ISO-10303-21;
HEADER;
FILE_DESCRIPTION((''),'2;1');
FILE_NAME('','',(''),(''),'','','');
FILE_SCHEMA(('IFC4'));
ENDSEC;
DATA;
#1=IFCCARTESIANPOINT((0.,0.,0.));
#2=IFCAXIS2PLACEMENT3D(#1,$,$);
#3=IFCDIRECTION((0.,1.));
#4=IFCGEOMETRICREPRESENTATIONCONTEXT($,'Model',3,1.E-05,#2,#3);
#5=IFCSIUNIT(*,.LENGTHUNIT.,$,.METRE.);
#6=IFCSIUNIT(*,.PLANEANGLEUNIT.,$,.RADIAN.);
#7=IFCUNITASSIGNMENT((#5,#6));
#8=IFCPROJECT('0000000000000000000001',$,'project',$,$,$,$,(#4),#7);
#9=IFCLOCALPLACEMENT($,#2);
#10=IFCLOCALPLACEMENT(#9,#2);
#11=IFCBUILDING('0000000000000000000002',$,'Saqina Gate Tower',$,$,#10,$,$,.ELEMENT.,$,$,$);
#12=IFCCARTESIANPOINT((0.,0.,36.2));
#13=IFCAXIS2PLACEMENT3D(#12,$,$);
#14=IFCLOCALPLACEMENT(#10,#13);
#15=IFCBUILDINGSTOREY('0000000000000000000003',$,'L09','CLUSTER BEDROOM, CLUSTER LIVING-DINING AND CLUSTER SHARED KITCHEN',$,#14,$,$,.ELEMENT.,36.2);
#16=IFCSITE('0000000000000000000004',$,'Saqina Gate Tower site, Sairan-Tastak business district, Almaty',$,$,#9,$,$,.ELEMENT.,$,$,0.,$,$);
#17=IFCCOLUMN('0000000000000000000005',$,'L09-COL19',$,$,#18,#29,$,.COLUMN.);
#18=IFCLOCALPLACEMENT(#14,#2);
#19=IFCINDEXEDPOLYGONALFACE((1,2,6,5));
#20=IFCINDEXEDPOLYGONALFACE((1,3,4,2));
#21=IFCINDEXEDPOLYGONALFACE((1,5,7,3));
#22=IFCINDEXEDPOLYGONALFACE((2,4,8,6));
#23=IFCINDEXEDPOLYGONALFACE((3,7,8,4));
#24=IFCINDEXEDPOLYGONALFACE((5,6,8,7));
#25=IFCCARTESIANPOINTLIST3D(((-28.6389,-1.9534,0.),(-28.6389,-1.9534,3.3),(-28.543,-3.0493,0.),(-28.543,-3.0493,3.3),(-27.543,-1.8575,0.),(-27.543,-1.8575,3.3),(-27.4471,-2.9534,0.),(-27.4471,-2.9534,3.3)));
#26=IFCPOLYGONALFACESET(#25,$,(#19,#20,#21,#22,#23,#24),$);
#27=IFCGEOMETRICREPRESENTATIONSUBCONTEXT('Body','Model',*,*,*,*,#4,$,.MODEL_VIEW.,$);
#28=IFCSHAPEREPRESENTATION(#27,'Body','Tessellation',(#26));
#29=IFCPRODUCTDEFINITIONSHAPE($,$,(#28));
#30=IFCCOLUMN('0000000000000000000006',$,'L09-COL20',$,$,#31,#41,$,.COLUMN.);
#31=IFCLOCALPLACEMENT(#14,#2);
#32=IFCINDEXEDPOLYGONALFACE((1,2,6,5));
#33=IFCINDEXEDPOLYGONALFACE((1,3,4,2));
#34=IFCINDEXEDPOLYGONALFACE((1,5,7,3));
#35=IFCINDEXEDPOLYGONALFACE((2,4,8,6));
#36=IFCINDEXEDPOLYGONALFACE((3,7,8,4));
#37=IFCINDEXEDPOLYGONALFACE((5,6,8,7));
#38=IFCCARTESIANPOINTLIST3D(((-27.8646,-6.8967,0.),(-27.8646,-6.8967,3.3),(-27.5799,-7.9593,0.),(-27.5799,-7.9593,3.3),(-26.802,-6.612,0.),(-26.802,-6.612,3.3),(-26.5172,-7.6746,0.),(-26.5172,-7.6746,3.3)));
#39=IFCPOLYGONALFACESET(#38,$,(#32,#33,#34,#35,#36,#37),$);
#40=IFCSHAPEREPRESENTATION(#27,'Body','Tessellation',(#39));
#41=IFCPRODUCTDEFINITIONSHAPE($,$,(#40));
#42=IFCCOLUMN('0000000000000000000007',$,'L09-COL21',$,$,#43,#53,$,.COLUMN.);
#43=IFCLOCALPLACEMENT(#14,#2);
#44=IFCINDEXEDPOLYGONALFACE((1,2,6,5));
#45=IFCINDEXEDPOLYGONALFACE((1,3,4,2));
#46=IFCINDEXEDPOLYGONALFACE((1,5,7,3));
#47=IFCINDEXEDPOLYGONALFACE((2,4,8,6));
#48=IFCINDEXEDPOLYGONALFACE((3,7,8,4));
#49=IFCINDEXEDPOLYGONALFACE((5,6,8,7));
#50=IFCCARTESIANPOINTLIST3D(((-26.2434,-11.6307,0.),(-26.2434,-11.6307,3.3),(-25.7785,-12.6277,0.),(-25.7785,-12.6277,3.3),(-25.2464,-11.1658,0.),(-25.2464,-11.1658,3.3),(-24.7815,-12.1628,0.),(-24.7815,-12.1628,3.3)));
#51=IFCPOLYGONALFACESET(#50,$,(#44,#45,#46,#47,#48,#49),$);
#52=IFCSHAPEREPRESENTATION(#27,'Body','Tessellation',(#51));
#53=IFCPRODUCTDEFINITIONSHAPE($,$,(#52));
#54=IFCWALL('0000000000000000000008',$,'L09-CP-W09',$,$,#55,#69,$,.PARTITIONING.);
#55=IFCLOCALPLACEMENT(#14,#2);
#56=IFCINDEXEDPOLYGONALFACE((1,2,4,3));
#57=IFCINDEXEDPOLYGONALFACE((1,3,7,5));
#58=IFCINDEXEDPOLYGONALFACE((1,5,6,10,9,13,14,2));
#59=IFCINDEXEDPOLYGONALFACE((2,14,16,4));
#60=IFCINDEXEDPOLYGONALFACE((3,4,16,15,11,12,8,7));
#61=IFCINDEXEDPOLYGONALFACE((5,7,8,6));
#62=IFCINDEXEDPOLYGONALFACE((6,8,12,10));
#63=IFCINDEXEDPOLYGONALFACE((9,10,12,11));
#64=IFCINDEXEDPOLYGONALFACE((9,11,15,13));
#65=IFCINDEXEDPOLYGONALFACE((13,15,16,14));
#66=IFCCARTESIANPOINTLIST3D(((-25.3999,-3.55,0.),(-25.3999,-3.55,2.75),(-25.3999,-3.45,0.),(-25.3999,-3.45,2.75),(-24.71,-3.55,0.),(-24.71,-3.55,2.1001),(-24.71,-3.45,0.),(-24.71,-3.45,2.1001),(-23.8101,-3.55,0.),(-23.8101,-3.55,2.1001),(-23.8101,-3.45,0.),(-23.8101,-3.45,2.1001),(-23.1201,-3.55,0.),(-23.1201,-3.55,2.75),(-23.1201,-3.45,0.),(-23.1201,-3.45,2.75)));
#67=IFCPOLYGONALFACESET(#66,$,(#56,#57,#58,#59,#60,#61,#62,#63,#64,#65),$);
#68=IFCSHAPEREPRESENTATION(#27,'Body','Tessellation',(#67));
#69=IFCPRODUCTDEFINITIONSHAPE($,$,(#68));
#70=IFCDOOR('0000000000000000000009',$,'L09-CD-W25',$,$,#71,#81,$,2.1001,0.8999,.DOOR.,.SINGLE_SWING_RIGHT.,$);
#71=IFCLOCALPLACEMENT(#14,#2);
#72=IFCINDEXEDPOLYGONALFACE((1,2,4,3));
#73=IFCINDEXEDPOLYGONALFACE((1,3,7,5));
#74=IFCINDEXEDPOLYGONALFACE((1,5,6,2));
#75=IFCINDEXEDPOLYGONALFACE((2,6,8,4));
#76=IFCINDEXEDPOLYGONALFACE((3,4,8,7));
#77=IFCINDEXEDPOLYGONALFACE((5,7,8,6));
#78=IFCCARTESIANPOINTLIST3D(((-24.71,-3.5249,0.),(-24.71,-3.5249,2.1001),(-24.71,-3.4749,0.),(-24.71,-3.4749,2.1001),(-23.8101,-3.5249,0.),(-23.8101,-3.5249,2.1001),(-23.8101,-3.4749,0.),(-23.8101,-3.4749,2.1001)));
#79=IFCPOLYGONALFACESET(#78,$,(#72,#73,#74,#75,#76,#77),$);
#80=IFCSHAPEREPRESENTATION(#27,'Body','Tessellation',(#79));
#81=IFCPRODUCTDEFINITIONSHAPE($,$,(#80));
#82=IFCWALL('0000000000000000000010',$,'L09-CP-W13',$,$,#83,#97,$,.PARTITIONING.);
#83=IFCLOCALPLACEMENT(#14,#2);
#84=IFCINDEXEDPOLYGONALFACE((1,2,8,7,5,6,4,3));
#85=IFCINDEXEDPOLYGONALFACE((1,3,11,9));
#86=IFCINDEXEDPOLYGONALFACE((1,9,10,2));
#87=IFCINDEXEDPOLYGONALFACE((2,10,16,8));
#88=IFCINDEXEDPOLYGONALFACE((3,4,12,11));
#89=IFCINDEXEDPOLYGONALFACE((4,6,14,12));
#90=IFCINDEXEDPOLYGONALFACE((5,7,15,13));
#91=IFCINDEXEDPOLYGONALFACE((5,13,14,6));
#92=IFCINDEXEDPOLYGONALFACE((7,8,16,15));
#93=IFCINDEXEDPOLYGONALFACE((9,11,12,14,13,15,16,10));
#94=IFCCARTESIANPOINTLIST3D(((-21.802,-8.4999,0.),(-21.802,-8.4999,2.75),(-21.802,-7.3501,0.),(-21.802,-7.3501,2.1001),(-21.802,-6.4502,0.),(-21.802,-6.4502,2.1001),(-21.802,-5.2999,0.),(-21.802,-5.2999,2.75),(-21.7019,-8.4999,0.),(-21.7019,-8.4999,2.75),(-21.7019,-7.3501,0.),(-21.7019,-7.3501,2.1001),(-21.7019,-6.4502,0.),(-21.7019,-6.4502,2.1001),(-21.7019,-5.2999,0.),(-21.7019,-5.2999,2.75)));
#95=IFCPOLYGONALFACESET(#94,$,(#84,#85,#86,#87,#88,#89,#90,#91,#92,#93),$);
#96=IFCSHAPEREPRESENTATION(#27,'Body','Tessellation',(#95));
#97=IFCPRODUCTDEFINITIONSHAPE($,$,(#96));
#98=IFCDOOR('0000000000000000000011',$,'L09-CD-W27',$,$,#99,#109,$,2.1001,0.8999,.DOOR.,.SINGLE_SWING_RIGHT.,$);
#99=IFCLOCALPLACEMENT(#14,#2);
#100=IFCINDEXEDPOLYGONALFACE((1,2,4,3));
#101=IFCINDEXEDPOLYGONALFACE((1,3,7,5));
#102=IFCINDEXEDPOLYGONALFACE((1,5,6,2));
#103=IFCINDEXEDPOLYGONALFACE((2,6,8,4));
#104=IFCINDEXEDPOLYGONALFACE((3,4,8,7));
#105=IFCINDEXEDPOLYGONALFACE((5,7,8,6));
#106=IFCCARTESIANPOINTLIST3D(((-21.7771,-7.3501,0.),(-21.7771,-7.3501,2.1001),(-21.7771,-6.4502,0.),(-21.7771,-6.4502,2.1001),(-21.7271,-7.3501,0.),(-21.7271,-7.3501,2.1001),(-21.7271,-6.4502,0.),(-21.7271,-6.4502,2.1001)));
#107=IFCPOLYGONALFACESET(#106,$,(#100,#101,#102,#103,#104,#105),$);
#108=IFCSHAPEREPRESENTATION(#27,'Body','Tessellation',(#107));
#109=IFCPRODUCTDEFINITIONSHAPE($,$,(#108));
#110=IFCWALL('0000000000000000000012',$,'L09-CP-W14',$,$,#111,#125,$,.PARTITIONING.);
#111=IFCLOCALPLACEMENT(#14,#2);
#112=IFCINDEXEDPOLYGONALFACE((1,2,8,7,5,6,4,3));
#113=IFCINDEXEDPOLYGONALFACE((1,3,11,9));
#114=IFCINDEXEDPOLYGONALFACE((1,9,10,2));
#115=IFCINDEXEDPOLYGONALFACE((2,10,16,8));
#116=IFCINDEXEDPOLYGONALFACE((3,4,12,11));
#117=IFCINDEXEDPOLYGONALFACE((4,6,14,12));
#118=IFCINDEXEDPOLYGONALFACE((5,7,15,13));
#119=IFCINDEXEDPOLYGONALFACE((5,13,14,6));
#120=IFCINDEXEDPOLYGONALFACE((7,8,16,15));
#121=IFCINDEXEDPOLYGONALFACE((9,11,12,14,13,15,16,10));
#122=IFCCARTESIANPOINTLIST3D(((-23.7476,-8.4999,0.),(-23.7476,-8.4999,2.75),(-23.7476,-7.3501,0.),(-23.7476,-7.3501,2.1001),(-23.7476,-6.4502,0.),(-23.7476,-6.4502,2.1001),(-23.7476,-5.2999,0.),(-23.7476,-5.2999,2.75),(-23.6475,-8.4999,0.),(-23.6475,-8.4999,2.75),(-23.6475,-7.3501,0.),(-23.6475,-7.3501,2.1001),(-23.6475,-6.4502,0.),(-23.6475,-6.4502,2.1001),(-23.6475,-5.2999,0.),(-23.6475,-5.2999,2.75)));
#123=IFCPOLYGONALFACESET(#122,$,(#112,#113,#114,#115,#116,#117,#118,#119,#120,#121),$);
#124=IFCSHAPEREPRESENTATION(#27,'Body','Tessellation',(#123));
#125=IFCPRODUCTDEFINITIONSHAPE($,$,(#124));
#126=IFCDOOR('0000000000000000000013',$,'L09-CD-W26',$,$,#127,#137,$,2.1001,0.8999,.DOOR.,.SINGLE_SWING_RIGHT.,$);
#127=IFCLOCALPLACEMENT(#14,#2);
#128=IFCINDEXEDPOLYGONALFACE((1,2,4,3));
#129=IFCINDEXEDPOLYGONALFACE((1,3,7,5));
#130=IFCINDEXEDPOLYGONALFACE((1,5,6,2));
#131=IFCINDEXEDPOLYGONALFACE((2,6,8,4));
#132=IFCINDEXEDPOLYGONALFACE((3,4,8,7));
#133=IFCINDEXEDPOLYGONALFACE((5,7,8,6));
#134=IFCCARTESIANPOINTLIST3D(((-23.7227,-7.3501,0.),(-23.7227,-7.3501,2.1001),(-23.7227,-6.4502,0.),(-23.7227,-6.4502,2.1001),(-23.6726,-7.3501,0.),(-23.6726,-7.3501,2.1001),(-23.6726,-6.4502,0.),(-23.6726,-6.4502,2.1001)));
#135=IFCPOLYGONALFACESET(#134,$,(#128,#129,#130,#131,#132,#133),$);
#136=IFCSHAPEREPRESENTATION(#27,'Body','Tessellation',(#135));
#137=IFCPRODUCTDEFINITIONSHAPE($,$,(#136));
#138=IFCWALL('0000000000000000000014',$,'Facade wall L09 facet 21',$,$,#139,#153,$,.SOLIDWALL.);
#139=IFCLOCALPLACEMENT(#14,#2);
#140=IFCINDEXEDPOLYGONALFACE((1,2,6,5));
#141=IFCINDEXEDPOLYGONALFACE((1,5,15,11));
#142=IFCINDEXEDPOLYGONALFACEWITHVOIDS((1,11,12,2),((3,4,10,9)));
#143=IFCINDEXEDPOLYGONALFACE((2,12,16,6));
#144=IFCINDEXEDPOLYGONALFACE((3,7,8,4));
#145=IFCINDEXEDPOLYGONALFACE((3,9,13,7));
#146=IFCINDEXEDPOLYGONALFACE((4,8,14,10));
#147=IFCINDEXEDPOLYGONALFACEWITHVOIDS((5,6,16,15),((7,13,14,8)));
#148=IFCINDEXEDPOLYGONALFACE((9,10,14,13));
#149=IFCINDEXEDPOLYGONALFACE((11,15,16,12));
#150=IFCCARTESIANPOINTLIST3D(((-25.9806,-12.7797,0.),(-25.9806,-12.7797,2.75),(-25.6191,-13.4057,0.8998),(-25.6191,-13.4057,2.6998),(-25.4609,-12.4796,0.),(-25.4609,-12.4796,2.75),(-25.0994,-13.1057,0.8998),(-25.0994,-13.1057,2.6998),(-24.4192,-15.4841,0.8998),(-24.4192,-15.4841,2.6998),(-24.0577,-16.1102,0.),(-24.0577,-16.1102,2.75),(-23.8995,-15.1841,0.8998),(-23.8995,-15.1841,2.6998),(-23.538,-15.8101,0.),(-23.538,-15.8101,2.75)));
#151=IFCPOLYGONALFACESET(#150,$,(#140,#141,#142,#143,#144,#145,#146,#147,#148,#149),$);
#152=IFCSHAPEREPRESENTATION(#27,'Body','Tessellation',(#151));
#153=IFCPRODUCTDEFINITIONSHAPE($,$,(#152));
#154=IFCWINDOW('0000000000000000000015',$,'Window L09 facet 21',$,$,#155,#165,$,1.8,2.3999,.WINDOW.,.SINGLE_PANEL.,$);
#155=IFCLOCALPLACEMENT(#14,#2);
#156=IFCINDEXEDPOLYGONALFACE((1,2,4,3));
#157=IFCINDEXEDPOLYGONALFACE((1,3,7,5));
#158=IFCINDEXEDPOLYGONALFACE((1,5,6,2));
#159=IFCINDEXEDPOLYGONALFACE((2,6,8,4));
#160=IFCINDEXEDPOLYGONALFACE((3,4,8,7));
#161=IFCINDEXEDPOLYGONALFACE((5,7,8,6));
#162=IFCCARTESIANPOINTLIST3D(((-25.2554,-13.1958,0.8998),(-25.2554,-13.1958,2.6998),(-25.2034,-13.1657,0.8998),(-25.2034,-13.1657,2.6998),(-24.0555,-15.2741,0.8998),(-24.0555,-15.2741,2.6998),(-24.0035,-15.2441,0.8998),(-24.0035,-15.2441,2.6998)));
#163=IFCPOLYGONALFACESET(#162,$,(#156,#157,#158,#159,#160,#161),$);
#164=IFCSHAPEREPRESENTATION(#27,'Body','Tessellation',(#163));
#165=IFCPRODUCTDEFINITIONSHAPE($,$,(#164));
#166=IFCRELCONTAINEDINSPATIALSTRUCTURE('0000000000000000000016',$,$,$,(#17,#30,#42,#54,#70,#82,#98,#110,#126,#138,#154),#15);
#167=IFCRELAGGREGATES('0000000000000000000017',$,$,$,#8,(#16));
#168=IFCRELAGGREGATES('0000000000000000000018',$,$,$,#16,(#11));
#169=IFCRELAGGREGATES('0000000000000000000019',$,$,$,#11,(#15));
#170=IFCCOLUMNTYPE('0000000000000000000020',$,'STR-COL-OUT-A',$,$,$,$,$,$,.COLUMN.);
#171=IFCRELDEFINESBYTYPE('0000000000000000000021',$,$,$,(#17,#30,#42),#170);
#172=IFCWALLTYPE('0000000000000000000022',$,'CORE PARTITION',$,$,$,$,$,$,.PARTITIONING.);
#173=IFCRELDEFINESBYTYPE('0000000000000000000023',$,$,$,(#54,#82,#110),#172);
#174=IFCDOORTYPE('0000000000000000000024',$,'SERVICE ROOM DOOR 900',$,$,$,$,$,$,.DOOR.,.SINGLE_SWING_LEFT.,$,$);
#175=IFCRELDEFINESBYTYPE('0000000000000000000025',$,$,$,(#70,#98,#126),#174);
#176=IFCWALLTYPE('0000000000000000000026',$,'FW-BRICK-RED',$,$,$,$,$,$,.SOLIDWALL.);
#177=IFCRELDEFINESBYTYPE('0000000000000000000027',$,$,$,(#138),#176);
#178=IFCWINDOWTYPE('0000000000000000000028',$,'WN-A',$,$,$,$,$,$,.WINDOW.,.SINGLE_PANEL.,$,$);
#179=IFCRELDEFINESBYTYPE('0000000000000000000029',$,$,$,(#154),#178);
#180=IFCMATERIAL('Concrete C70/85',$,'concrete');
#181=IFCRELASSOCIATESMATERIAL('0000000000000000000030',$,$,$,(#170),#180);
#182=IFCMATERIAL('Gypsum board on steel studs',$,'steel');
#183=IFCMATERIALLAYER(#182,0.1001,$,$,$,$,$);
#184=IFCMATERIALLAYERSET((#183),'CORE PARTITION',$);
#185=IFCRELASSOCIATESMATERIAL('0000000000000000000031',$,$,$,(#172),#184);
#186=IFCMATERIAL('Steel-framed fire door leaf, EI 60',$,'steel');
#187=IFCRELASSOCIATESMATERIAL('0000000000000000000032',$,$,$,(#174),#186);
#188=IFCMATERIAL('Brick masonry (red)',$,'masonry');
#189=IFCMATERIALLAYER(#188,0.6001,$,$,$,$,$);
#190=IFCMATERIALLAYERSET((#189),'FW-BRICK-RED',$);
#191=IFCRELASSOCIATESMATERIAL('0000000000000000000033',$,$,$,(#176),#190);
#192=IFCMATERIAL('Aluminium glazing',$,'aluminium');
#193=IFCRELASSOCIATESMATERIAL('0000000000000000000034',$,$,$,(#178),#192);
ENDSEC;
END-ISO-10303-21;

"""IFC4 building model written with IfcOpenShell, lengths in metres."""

from ifc_helpers import new_model, si_unit, direction, frame, frame_2d, origin, origin_2d, place, context, subcontext, project, spatial, rectangle, extrude, material, layer, layer_set, material_profile, profile_set, type_object, element, fill, save


model = new_model("IFC4")

# Units and contexts
model_context = context("Model", 3, precision=1e-05, world=origin(), true_north=direction((0.0, 1.0)))
body_context = subcontext(model_context, "Body", "Model", "MODEL_VIEW")
ifc_project = project(units=[si_unit("LENGTHUNIT", "METRE"), si_unit("PLANEANGLEUNIT", "RADIAN")], contexts=[model_context])

# Site, building, storey
site_placement = place(None, origin())
site = spatial("IfcSite", under=ifc_project, at=site_placement, Name="Saqina Gate Tower site, Sairan-Tastak business district, Almaty", CompositionType="ELEMENT", RefElevation=0.0)
building_placement = place(site_placement, origin())
building = spatial("IfcBuilding", under=site, at=building_placement, Name="Saqina Gate Tower", CompositionType="ELEMENT")
storey_placement = place(building_placement, frame((0.0, 0.0, 36.2)))
storey = spatial("IfcBuildingStorey", under=building, at=storey_placement, Name="L09", Description="CLUSTER BEDROOM, CLUSTER LIVING-DINING AND CLUSTER SHARED KITCHEN", CompositionType="ELEMENT", Elevation=36.2)

# Columns
ifc_material_1 = material(Name="Concrete C70/85", Category="concrete")
ifc_material_profile = material_profile(ifc_material_1, rectangle(XDim=1.1001, YDim=1.1001, at=origin_2d()), Name="RC 1100x1100")
ifc_profile_set = profile_set([ifc_material_profile], Name="Concrete C70/85")
column_type = type_object("IfcColumnType", Name="STR-COL-OUT-A", PredefinedType="COLUMN", material=ifc_profile_set)
for number, where, z_axis, x_axis, name in (
    (1, (-28.043, -2.4534, 0.0), (0.0, 0.0, 1.0), (-0.996195, -0.087156, 0.0), "L09-COL19"),
    (2, (-27.1909, -7.2856, 0.0), (0.0, 0.0, 1.0), (-0.965926, -0.258819, 0.0), "L09-COL20"),
    (3, (-25.5125, -11.8967, 0.0), (0.0, 0.0, 1.0), (-0.906308, -0.422618, 0.0), "L09-COL21"),
):
    element("IfcColumn", number, at=place(storey_placement, frame(where, z_axis=z_axis, x_axis=x_axis)), inside=storey, type_object=column_type, Name=name, PredefinedType="COLUMN", context=body_context, shape_type="SweptSolid", body=[
        extrude(rectangle(XDim=1.1001, YDim=1.1001, at=origin_2d()), origin(), (0.0, 0.0, 1.0), 3.3),
    ])

# Walls, openings, doors
ifc_material_2 = material(Name="Gypsum board on steel studs", Category="steel")
ifc_layer_1 = layer(ifc_material_2, 0.1001)
ifc_layer_set_1 = layer_set([ifc_layer_1], Name="CORE PARTITION")
wall_type_1 = type_object("IfcWallType", Name="CORE PARTITION", PredefinedType="PARTITIONING", material=ifc_layer_set_1)
wall_1_placement = place(storey_placement, frame((-23.1201, -3.5, 0.0), z_axis=(0.0, 0.0, 1.0), x_axis=(-1.0, 0.0, 0.0)))
wall_1 = element("IfcWall", 4, at=wall_1_placement, inside=storey, type_object=wall_type_1, Name="L09-CP-W09", PredefinedType="PARTITIONING", context=body_context, shape_type="SweptSolid", body=[
    extrude(rectangle(XDim=2.2798, YDim=0.1001, at=frame_2d((1.1399, 0.0))), origin(), (0.0, 0.0, 1.0), 2.75),
])
opening_1_placement = place(wall_1_placement, frame((0.6899, 0.0, 0.0)))
opening_1 = element("IfcOpeningElement", 5, at=opening_1_placement, cuts=wall_1, PredefinedType="OPENING", context=body_context, shape_type="SweptSolid", body=[
    extrude(rectangle(XDim=0.8999, YDim=2.1001, at=frame_2d((0.45, 1.05))), frame((0.0, 0.062, 0.0), z_axis=(0.0, -1.0, 0.0), x_axis=(1.0, 0.0, 0.0)), (0.0, 0.0, 1.0), 0.124),
])
ifc_material_3 = material(Name="Steel-framed fire door leaf, EI 60", Category="steel")
door_type_1 = type_object("IfcDoorType", Name="SERVICE ROOM DOOR 900", OperationType="SINGLE_SWING_LEFT", PredefinedType="DOOR", material=ifc_material_3)
door_1_placement = place(opening_1_placement, origin())
door_1 = element("IfcDoor", 6, at=door_1_placement, inside=storey, type_object=door_type_1, Name="L09-CD-W25", OperationType="SINGLE_SWING_RIGHT", OverallHeight=2.1001, OverallWidth=0.8999, PredefinedType="DOOR", context=body_context, shape_type="SweptSolid", body=[
    extrude(rectangle(XDim=0.8999, YDim=2.1001, at=frame_2d((0.45, 1.05))), frame((0.0, 0.0249, 0.0), z_axis=(0.0, -1.0, 0.0), x_axis=(1.0, 0.0, 0.0)), (0.0, 0.0, 1.0), 0.05),
])
fill(opening_1, door_1)
wall_2_placement = place(storey_placement, frame((-21.752, -8.5, 0.0), z_axis=(0.0, 0.0, 1.0), x_axis=(0.0, 1.0, 0.0)))
wall_2 = element("IfcWall", 7, at=wall_2_placement, inside=storey, type_object=wall_type_1, Name="L09-CP-W13", PredefinedType="PARTITIONING", context=body_context, shape_type="SweptSolid", body=[
    extrude(rectangle(XDim=3.2, YDim=0.1001, at=frame_2d((1.6001, 0.0))), origin(), (0.0, 0.0, 1.0), 2.75),
])
opening_2_placement = place(wall_2_placement, frame((1.1499, 0.0, 0.0)))
opening_2 = element("IfcOpeningElement", 8, at=opening_2_placement, cuts=wall_2, PredefinedType="OPENING", context=body_context, shape_type="SweptSolid", body=[
    extrude(rectangle(XDim=0.8999, YDim=2.1001, at=frame_2d((0.45, 1.05))), frame((0.0, 0.062, 0.0), z_axis=(0.0, -1.0, 0.0), x_axis=(1.0, 0.0, 0.0)), (0.0, 0.0, 1.0), 0.124),
])
door_2_placement = place(opening_2_placement, frame((0.8999, 0.0, 0.0), z_axis=(0.0, 0.0, 1.0), x_axis=(-1.0, 0.0, 0.0)))
door_2 = element("IfcDoor", 9, at=door_2_placement, inside=storey, type_object=door_type_1, Name="L09-CD-W27", OperationType="SINGLE_SWING_RIGHT", OverallHeight=2.1001, OverallWidth=0.8999, PredefinedType="DOOR", context=body_context, shape_type="SweptSolid", body=[
    extrude(rectangle(XDim=0.8999, YDim=2.1001, at=frame_2d((0.45, 1.05))), frame((0.0, 0.0249, 0.0), z_axis=(0.0, -1.0, 0.0), x_axis=(1.0, 0.0, 0.0)), (0.0, 0.0, 1.0), 0.05),
])
fill(opening_2, door_2)
wall_3_placement = place(storey_placement, frame((-23.6975, -8.5, 0.0), z_axis=(0.0, 0.0, 1.0), x_axis=(0.0, 1.0, 0.0)))
wall_3 = element("IfcWall", 10, at=wall_3_placement, inside=storey, type_object=wall_type_1, Name="L09-CP-W14", PredefinedType="PARTITIONING", context=body_context, shape_type="SweptSolid", body=[
    extrude(rectangle(XDim=3.2, YDim=0.1001, at=frame_2d((1.6001, 0.0))), origin(), (0.0, 0.0, 1.0), 2.75),
])
opening_3_placement = place(wall_3_placement, frame((1.1499, 0.0, 0.0)))
opening_3 = element("IfcOpeningElement", 11, at=opening_3_placement, cuts=wall_3, PredefinedType="OPENING", context=body_context, shape_type="SweptSolid", body=[
    extrude(rectangle(XDim=0.8999, YDim=2.1001, at=frame_2d((0.45, 1.05))), frame((0.0, 0.062, 0.0), z_axis=(0.0, -1.0, 0.0), x_axis=(1.0, 0.0, 0.0)), (0.0, 0.0, 1.0), 0.124),
])
door_3_placement = place(opening_3_placement, frame((0.8999, 0.0, 0.0), z_axis=(0.0, 0.0, 1.0), x_axis=(-1.0, 0.0, 0.0)))
door_3 = element("IfcDoor", 12, at=door_3_placement, inside=storey, type_object=door_type_1, Name="L09-CD-W26", OperationType="SINGLE_SWING_RIGHT", OverallHeight=2.1001, OverallWidth=0.8999, PredefinedType="DOOR", context=body_context, shape_type="SweptSolid", body=[
    extrude(rectangle(XDim=0.8999, YDim=2.1001, at=frame_2d((0.45, 1.05))), frame((0.0, 0.0249, 0.0), z_axis=(0.0, -1.0, 0.0), x_axis=(1.0, 0.0, 0.0)), (0.0, 0.0, 1.0), 0.05),
])
fill(opening_3, door_3)

# Wall, opening, window
ifc_material_4 = material(Name="Brick masonry (red)", Category="masonry")
ifc_layer_2 = layer(ifc_material_4, 0.6001)
ifc_layer_set_2 = layer_set([ifc_layer_2], Name="FW-BRICK-RED")
wall_type_2 = type_object("IfcWallType", Name="FW-BRICK-RED", PredefinedType="SOLIDWALL", material=ifc_layer_set_2)
wall_4_placement = place(storey_placement, frame((-25.7207, -12.6296, 0.0), z_axis=(0.0, 0.0, 1.0), x_axis=(0.49999, -0.866031, 0.0)))
wall_4 = element("IfcWall", 13, at=wall_4_placement, inside=storey, type_object=wall_type_2, Name="Facade wall L09 facet 21", PredefinedType="SOLIDWALL", context=body_context, shape_type="SweptSolid", body=[
    extrude(rectangle(XDim=3.8457, YDim=0.6001, at=frame_2d((1.9229, 0.0))), origin(), (0.0, 0.0, 1.0), 2.75),
])
opening_4_placement = place(wall_4_placement, frame((0.7229, 0.0, 0.8999)))
opening_4 = element("IfcOpeningElement", 14, at=opening_4_placement, cuts=wall_4, PredefinedType="OPENING", context=body_context, shape_type="SweptSolid", body=[
    extrude(rectangle(XDim=2.3999, YDim=1.8, at=frame_2d((1.2, 0.8999))), frame((0.0, 0.312, 0.0), z_axis=(0.0, -1.0, 0.0), x_axis=(1.0, 0.0, 0.0)), (0.0, 0.0, 1.0), 0.624),
])
ifc_material_5 = material(Name="Aluminium glazing", Category="aluminium")
window_type = type_object("IfcWindowType", Name="WN-A", PartitioningType="SINGLE_PANEL", PredefinedType="WINDOW", material=ifc_material_5)
window_placement = place(opening_4_placement, origin())
window = element("IfcWindow", 15, at=window_placement, inside=storey, type_object=window_type, Name="Window L09 facet 21", OverallHeight=1.8, OverallWidth=2.3999, PartitioningType="SINGLE_PANEL", PredefinedType="WINDOW", context=body_context, shape_type="SweptSolid", body=[
    extrude(rectangle(XDim=2.3999, YDim=1.8, at=frame_2d((1.2, 0.8999))), frame((0.0, 0.1799, 0.0), z_axis=(0.0, -1.0, 0.0), x_axis=(1.0, 0.0, 0.0)), (0.0, 0.0, 1.0), 0.0601),
])
fill(opening_4, window)

save(model, "model.ifc")
